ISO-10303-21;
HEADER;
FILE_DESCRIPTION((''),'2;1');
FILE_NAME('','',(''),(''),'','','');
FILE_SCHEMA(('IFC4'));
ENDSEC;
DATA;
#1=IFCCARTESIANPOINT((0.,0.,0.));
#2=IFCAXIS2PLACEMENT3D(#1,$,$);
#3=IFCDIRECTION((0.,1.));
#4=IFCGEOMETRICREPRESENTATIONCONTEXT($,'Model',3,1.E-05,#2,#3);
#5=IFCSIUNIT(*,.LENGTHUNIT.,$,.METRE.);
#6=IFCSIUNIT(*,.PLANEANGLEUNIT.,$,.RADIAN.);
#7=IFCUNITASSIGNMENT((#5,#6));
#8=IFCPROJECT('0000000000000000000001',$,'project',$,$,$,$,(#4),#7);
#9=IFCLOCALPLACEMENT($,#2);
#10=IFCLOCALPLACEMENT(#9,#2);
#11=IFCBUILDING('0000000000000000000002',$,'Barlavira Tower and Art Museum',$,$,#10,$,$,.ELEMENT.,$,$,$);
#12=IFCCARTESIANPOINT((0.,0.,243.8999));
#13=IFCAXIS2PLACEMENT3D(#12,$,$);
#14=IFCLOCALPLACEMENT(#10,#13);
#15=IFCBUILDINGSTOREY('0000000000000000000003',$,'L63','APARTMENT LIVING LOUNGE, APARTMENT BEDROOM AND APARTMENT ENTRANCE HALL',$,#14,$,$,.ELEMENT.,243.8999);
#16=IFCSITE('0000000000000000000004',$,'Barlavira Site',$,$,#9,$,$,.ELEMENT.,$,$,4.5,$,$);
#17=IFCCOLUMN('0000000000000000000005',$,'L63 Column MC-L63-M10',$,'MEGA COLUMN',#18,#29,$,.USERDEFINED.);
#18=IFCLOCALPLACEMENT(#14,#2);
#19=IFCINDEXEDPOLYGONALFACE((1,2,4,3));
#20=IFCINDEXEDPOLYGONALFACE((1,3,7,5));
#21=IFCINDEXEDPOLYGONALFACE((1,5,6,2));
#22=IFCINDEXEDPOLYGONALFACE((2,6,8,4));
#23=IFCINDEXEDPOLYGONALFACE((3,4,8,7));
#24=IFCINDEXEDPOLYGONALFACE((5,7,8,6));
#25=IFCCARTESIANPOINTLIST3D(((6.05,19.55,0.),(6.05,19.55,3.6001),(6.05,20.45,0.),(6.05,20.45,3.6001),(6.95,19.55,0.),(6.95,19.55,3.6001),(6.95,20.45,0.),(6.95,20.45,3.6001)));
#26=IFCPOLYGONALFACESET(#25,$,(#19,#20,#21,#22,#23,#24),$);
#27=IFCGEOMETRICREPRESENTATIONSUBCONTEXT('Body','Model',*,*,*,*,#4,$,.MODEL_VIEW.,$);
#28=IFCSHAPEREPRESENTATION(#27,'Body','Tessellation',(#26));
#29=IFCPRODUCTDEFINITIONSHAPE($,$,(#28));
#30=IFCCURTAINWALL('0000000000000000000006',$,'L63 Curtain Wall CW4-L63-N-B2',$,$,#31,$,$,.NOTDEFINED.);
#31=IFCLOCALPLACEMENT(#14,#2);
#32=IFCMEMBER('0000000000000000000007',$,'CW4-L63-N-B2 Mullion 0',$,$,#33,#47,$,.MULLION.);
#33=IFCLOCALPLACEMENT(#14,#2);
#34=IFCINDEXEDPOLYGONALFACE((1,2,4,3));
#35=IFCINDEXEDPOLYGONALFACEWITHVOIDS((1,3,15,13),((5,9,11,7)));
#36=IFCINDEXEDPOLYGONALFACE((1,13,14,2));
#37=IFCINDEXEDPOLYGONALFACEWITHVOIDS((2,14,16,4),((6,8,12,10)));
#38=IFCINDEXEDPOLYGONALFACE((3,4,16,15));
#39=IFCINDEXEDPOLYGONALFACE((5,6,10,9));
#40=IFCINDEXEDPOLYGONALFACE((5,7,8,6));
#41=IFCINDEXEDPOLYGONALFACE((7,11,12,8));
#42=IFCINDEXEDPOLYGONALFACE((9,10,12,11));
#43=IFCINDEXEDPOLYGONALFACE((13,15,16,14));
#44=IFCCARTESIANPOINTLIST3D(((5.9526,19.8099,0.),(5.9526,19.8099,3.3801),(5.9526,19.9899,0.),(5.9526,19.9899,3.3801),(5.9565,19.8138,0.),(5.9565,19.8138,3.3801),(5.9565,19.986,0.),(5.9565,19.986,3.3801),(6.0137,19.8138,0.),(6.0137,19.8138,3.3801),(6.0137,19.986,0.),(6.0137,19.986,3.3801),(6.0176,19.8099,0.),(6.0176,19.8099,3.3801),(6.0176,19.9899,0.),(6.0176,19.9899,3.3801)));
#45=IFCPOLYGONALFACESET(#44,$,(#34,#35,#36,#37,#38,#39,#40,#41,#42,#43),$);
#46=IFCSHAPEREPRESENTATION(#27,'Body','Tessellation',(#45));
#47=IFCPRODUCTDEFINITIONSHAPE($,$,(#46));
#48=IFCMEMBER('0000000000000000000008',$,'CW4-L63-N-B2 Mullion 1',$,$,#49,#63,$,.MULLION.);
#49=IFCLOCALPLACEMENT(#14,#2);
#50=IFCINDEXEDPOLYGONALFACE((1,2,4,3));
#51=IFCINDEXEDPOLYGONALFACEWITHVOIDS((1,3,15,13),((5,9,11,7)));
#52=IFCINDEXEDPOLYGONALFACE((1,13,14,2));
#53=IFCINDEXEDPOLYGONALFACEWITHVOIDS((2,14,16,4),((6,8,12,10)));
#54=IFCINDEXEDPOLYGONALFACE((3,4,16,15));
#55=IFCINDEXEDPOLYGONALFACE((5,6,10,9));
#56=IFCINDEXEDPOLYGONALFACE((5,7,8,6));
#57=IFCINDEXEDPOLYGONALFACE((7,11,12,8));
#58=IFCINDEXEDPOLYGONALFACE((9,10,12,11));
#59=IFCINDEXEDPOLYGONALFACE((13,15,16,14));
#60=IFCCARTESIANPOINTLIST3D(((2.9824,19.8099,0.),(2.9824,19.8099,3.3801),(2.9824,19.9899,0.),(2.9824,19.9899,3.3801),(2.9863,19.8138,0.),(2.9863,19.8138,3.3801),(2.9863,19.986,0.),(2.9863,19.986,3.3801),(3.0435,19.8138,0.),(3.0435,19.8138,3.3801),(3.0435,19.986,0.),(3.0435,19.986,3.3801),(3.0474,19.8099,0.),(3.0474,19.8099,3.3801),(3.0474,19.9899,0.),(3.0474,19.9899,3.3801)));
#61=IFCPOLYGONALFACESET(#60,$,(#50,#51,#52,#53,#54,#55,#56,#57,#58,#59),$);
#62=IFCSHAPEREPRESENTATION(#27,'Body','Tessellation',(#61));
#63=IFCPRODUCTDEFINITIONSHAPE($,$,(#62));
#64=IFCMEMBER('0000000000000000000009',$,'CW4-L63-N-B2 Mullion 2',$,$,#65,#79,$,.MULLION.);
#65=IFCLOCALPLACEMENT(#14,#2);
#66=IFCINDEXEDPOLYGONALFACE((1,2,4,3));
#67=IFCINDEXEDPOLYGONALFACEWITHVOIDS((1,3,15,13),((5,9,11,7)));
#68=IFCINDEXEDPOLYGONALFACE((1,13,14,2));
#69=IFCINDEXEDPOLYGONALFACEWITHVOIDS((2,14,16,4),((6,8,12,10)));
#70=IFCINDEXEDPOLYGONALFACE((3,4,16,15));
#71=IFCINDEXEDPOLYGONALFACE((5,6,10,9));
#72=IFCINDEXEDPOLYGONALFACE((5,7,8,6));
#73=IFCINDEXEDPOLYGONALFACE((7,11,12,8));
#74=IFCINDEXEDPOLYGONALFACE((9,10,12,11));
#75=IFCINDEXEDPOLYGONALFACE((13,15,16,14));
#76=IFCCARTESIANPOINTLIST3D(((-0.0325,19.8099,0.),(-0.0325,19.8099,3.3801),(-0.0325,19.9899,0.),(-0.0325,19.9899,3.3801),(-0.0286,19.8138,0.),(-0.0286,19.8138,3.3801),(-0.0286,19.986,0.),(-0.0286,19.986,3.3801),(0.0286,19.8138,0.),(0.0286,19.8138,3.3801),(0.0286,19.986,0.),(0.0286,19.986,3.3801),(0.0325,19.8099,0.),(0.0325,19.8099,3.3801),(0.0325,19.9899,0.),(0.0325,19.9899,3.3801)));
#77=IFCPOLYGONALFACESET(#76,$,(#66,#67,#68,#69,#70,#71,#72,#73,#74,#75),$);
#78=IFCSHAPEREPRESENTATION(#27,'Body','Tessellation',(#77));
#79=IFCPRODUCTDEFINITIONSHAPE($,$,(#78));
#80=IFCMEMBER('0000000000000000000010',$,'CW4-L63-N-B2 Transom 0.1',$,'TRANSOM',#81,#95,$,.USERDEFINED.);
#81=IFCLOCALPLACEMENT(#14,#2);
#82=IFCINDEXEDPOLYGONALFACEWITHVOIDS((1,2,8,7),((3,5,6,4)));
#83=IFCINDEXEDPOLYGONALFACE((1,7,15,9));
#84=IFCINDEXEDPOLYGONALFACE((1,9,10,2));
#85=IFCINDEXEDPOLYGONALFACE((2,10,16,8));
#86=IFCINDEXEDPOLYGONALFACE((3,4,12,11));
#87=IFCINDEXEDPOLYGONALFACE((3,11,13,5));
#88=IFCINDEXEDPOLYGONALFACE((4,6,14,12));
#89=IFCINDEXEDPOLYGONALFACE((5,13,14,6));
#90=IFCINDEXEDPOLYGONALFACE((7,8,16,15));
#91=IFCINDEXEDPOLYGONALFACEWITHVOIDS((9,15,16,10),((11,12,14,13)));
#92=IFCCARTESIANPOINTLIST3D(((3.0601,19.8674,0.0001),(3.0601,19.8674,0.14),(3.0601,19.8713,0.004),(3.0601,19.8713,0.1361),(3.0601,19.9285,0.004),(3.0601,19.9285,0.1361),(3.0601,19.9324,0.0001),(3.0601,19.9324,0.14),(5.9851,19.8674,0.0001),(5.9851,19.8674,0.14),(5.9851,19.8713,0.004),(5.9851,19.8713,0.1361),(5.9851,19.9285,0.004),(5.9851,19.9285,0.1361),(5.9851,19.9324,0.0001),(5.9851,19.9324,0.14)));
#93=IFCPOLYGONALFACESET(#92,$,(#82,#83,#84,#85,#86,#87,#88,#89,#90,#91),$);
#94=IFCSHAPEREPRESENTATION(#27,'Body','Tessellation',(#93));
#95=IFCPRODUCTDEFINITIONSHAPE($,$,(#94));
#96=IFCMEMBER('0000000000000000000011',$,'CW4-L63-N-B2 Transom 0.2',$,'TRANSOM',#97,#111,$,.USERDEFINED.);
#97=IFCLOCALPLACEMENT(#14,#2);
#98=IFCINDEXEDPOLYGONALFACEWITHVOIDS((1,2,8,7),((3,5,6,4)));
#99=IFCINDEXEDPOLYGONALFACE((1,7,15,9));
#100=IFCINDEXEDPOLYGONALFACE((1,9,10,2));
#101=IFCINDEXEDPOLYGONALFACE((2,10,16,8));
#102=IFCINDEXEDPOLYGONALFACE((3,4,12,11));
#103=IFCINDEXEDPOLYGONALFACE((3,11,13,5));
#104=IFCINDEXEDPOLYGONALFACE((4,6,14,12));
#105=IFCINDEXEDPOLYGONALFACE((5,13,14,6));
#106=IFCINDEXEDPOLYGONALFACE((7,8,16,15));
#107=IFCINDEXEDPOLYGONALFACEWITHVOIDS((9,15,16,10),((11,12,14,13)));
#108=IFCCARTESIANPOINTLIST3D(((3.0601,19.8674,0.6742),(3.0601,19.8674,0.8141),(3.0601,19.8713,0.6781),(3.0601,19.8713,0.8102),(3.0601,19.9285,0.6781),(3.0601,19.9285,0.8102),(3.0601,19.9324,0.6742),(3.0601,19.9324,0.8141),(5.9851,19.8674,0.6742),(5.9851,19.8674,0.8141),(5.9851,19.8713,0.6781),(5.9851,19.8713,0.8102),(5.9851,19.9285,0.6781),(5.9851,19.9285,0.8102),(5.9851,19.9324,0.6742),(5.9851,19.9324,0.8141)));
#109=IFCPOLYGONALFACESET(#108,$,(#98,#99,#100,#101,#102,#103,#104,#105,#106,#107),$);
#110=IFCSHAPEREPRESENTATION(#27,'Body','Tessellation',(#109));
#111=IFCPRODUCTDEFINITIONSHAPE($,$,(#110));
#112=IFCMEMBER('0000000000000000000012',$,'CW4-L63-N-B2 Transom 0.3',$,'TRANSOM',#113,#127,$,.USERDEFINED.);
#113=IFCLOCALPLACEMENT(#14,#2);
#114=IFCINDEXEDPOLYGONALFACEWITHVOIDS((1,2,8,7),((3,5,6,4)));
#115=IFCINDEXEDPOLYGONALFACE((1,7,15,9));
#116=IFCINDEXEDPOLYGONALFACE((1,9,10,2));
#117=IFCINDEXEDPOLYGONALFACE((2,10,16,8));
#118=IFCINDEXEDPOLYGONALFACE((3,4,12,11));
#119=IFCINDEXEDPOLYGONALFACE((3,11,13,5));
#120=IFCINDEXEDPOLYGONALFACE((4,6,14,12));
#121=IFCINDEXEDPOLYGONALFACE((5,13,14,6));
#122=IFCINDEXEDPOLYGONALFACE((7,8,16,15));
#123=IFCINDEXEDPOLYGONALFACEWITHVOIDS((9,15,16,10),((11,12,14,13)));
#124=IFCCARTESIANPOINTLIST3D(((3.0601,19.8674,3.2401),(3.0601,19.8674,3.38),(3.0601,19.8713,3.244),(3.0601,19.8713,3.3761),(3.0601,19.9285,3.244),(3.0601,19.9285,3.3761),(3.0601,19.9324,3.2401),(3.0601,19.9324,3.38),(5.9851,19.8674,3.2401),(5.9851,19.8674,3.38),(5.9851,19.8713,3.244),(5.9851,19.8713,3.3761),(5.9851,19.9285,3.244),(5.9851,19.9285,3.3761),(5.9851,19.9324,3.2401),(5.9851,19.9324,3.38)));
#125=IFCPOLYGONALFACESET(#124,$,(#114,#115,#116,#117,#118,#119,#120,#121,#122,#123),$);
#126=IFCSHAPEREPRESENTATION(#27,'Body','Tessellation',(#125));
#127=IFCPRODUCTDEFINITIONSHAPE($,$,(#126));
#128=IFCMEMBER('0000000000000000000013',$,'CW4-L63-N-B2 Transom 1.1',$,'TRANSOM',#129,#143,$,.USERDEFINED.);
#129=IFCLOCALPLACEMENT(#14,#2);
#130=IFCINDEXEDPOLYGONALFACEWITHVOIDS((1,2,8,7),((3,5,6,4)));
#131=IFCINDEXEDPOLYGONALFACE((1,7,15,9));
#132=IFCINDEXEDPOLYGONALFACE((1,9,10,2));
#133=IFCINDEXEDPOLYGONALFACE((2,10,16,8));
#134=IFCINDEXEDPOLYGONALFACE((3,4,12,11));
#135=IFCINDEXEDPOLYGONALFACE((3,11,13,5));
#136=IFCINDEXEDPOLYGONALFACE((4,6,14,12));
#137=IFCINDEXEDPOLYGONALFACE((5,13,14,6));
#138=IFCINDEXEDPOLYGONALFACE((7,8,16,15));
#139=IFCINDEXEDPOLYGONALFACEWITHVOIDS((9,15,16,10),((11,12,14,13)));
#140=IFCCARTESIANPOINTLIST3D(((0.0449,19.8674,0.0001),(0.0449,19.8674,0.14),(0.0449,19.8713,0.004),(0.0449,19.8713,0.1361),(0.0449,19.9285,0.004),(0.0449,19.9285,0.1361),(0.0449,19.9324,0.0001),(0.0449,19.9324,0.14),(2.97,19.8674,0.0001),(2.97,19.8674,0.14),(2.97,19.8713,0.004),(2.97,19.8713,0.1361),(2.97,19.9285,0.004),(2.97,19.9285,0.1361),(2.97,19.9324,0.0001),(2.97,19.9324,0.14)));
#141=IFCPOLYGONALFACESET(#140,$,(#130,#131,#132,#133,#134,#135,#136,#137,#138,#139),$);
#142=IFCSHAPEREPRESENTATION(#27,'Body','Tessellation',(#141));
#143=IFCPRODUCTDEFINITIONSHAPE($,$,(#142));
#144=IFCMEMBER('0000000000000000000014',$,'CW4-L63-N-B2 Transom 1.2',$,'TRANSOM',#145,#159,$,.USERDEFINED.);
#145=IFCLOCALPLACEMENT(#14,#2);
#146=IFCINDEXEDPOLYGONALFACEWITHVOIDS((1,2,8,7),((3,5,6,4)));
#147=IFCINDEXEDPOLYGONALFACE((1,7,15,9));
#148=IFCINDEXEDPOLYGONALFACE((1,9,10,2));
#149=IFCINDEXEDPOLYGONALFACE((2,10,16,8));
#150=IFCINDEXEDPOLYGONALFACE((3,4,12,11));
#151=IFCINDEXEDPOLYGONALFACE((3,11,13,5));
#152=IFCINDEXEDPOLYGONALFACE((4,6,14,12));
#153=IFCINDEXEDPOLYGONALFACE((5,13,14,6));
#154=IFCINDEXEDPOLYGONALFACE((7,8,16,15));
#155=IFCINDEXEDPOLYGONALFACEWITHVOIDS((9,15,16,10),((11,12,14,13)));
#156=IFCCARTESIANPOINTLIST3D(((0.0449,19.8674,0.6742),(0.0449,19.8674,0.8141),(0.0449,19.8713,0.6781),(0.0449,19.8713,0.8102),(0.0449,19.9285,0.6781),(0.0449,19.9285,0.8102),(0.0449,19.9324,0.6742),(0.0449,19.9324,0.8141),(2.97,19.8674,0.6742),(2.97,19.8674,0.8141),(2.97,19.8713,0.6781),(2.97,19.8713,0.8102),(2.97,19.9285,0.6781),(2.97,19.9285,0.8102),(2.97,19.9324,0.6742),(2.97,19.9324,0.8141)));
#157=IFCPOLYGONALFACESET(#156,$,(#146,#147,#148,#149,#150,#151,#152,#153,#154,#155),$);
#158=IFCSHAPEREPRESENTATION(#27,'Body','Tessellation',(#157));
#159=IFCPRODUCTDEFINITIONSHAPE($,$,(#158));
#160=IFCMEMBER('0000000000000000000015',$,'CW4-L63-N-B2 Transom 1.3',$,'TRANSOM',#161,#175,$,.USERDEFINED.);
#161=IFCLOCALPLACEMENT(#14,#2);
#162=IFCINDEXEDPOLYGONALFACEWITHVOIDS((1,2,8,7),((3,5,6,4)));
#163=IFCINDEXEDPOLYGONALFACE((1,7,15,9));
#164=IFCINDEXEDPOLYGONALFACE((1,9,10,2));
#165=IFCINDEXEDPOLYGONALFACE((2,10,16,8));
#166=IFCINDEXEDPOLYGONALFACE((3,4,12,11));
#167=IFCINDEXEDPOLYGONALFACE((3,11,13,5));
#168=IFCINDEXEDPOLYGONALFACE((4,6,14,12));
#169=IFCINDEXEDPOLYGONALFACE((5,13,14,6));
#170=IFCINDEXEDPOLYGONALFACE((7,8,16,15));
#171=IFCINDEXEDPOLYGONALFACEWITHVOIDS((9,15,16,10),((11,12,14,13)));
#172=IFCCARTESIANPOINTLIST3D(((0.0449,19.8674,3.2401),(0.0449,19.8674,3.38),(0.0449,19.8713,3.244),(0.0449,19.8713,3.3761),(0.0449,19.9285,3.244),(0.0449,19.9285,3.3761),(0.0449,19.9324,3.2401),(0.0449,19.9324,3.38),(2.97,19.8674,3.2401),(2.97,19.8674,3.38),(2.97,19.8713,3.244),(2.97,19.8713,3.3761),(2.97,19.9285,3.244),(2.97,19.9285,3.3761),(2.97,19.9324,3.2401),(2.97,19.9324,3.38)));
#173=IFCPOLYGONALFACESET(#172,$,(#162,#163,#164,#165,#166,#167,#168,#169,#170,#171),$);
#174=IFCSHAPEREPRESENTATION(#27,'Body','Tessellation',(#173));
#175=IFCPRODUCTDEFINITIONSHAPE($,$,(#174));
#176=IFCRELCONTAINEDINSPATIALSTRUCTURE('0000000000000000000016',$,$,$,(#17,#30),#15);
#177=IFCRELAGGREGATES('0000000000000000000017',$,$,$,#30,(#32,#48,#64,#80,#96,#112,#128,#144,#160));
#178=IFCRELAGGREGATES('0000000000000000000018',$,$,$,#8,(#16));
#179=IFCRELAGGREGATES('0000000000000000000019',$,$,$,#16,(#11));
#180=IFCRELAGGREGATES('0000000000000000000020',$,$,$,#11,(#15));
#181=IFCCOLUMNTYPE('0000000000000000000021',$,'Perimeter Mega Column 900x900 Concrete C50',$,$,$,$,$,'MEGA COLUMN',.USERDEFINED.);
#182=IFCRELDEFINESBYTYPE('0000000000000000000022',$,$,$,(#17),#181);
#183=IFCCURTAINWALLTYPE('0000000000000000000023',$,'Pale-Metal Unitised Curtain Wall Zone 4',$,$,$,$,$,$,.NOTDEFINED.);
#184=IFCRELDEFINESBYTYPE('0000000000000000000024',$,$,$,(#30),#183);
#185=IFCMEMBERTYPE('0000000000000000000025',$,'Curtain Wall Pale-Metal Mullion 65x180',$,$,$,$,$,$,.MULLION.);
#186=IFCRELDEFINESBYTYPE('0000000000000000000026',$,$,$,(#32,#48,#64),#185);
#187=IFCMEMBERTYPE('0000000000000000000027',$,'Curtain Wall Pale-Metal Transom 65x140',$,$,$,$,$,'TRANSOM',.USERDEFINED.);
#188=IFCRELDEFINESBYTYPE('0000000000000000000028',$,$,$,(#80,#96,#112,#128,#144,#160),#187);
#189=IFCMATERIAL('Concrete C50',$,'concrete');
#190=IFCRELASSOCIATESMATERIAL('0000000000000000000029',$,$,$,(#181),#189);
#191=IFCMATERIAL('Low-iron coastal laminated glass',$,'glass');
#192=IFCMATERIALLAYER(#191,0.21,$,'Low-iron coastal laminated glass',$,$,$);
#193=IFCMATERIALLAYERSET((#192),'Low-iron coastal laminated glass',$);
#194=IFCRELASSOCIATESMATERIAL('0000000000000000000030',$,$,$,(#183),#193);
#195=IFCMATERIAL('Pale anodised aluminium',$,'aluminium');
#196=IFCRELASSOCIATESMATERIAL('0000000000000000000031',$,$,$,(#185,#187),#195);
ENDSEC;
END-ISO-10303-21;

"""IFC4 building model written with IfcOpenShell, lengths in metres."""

from ifc_helpers import new_model, si_unit, direction, frame, origin, origin_2d, place, context, subcontext, project, spatial, rectangle, hollow_rectangle, extrude, material, layer, layer_set, material_profile, profile_set, type_object, element, aggregate, save


model = new_model("IFC4")

# Units and contexts
model_context = context("Model", 3, precision=1e-05, world=origin(), true_north=direction((0.0, 1.0)))
body_context = subcontext(model_context, "Body", "Model", "MODEL_VIEW")
ifc_project = project(units=[si_unit("LENGTHUNIT", "METRE"), si_unit("PLANEANGLEUNIT", "RADIAN")], contexts=[model_context])

# Site, building, storey
site_placement = place(None, origin())
site = spatial("IfcSite", under=ifc_project, at=site_placement, Name="Barlavira Site", CompositionType="ELEMENT", RefElevation=4.5)
building_placement = place(site_placement, origin())
building = spatial("IfcBuilding", under=site, at=building_placement, Name="Barlavira Tower and Art Museum", CompositionType="ELEMENT")
storey_placement = place(building_placement, frame((0.0, 0.0, 243.8999)))
storey = spatial("IfcBuildingStorey", under=building, at=storey_placement, Name="L63", Description="APARTMENT LIVING LOUNGE, APARTMENT BEDROOM AND APARTMENT ENTRANCE HALL", CompositionType="ELEMENT", Elevation=243.8999)

# Column
ifc_material_1 = material(Name="Concrete C50", Category="concrete")
ifc_material_profile_1 = material_profile(ifc_material_1, rectangle(XDim=0.8999, YDim=0.8999, at=origin_2d()), Name="RC-COL 900x900")
ifc_profile_set_1 = profile_set([ifc_material_profile_1], Name="Concrete C50")
column_type = type_object("IfcColumnType", Name="Perimeter Mega Column 900x900 Concrete C50", ElementType="MEGA COLUMN", PredefinedType="USERDEFINED", material=ifc_profile_set_1)
column_placement = place(storey_placement, frame((6.5, 20.0, 0.0), z_axis=(0.0, 0.0, 1.0), x_axis=(1.0, 0.0, 0.0)))
element("IfcColumn", 1, at=column_placement, inside=storey, type_object=column_type, Name="L63 Column MC-L63-M10", ObjectType="MEGA COLUMN", PredefinedType="USERDEFINED", context=body_context, shape_type="SweptSolid", body=[
    extrude(rectangle(XDim=0.8999, YDim=0.8999, at=origin_2d()), origin(), (0.0, 0.0, 1.0), 3.6001),
])

# Curtain wall, members
ifc_material_2 = material(Name="Low-iron coastal laminated glass", Category="glass")
ifc_layer_1 = layer(ifc_material_2, 0.21, Name="Low-iron coastal laminated glass")
ifc_layer_set_1 = layer_set([ifc_layer_1], Name="Low-iron coastal laminated glass")
curtain_wall_type = type_object("IfcCurtainWallType", Name="Pale-Metal Unitised Curtain Wall Zone 4", PredefinedType="NOTDEFINED", material=ifc_layer_set_1)
curtain_wall_placement = place(storey_placement, origin())
curtain_wall = element("IfcCurtainWall", 2, at=curtain_wall_placement, inside=storey, type_object=curtain_wall_type, Name="L63 Curtain Wall CW4-L63-N-B2", PredefinedType="NOTDEFINED")
ifc_material_3 = material(Name="Pale anodised aluminium", Category="aluminium")
ifc_material_profile_2 = material_profile(ifc_material_3, hollow_rectangle(XDim=0.0649, YDim=0.1799, WallThickness=0.0039, at=origin_2d()), Name="ALU-MULL 65x180x4")
ifc_profile_set_2 = profile_set([ifc_material_profile_2], Name="Pale anodised aluminium")
member_type_1 = type_object("IfcMemberType", Name="Curtain Wall Pale-Metal Mullion 65x180", PredefinedType="MULLION", material=ifc_profile_set_2)
member_1_placement = place(storey_placement, frame((5.9851, 19.8999, 0.0), z_axis=(0.0, 0.0, 1.0), x_axis=(-1.0, 0.0, 0.0)))
member_1 = element("IfcMember", 3, at=member_1_placement, type_object=member_type_1, Name="CW4-L63-N-B2 Mullion 0", PredefinedType="MULLION", context=body_context, shape_type="SweptSolid", body=[
    extrude(hollow_rectangle(XDim=0.0649, YDim=0.1799, WallThickness=0.0039, at=origin_2d()), origin(), (0.0, 0.0, 1.0), 3.3801),
])
member_2_placement = place(storey_placement, frame((3.0149, 19.8999, 0.0), z_axis=(0.0, 0.0, 1.0), x_axis=(-1.0, 0.0, 0.0)))
member_2 = element("IfcMember", 4, at=member_2_placement, type_object=member_type_1, Name="CW4-L63-N-B2 Mullion 1", PredefinedType="MULLION", context=body_context, shape_type="SweptSolid", body=[
    extrude(hollow_rectangle(XDim=0.0649, YDim=0.1799, WallThickness=0.0039, at=origin_2d()), origin(), (0.0, 0.0, 1.0), 3.3801),
])
member_3_placement = place(storey_placement, frame((0.0, 19.8999, 0.0), z_axis=(0.0, 0.0, 1.0), x_axis=(-1.0, 0.0, 0.0)))
member_3 = element("IfcMember", 5, at=member_3_placement, type_object=member_type_1, Name="CW4-L63-N-B2 Mullion 2", PredefinedType="MULLION", context=body_context, shape_type="SweptSolid", body=[
    extrude(hollow_rectangle(XDim=0.0649, YDim=0.1799, WallThickness=0.0039, at=origin_2d()), origin(), (0.0, 0.0, 1.0), 3.3801),
])
ifc_material_profile_3 = material_profile(ifc_material_3, hollow_rectangle(XDim=0.0649, YDim=0.1399, WallThickness=0.0039, at=origin_2d()), Name="ALU-TRAN 65x140x4")
ifc_profile_set_3 = profile_set([ifc_material_profile_3], Name="Pale anodised aluminium")
member_type_2 = type_object("IfcMemberType", Name="Curtain Wall Pale-Metal Transom 65x140", ElementType="TRANSOM", PredefinedType="USERDEFINED", material=ifc_profile_set_3)
member_4_placement = place(storey_placement, frame((5.9851, 19.8999, 0.0701), z_axis=(-1.0, 0.0, 0.0), x_axis=(0.0, -1.0, 0.0)))
member_4 = element("IfcMember", 6, at=member_4_placement, type_object=member_type_2, Name="CW4-L63-N-B2 Transom 0.1", ObjectType="TRANSOM", PredefinedType="USERDEFINED", context=body_context, shape_type="SweptSolid", body=[
    extrude(hollow_rectangle(XDim=0.0649, YDim=0.1399, WallThickness=0.0039, at=origin_2d()), origin(), (0.0, 0.0, 1.0), 2.925),
])
member_5_placement = place(storey_placement, frame((5.9851, 19.8999, 0.7441), z_axis=(-1.0, 0.0, 0.0), x_axis=(0.0, -1.0, 0.0)))
member_5 = element("IfcMember", 7, at=member_5_placement, type_object=member_type_2, Name="CW4-L63-N-B2 Transom 0.2", ObjectType="TRANSOM", PredefinedType="USERDEFINED", context=body_context, shape_type="SweptSolid", body=[
    extrude(hollow_rectangle(XDim=0.0649, YDim=0.1399, WallThickness=0.0039, at=origin_2d()), origin(), (0.0, 0.0, 1.0), 2.925),
])
member_6_placement = place(storey_placement, frame((5.9851, 19.8999, 3.3101), z_axis=(-1.0, 0.0, 0.0), x_axis=(0.0, -1.0, 0.0)))
member_6 = element("IfcMember", 8, at=member_6_placement, type_object=member_type_2, Name="CW4-L63-N-B2 Transom 0.3", ObjectType="TRANSOM", PredefinedType="USERDEFINED", context=body_context, shape_type="SweptSolid", body=[
    extrude(hollow_rectangle(XDim=0.0649, YDim=0.1399, WallThickness=0.0039, at=origin_2d()), origin(), (0.0, 0.0, 1.0), 2.925),
])
member_7_placement = place(storey_placement, frame((2.97, 19.8999, 0.0701), z_axis=(-1.0, 0.0, 0.0), x_axis=(0.0, -1.0, 0.0)))
member_7 = element("IfcMember", 9, at=member_7_placement, type_object=member_type_2, Name="CW4-L63-N-B2 Transom 1.1", ObjectType="TRANSOM", PredefinedType="USERDEFINED", context=body_context, shape_type="SweptSolid", body=[
    extrude(hollow_rectangle(XDim=0.0649, YDim=0.1399, WallThickness=0.0039, at=origin_2d()), origin(), (0.0, 0.0, 1.0), 2.925),
])
member_8_placement = place(storey_placement, frame((2.97, 19.8999, 0.7441), z_axis=(-1.0, 0.0, 0.0), x_axis=(0.0, -1.0, 0.0)))
member_8 = element("IfcMember", 10, at=member_8_placement, type_object=member_type_2, Name="CW4-L63-N-B2 Transom 1.2", ObjectType="TRANSOM", PredefinedType="USERDEFINED", context=body_context, shape_type="SweptSolid", body=[
    extrude(hollow_rectangle(XDim=0.0649, YDim=0.1399, WallThickness=0.0039, at=origin_2d()), origin(), (0.0, 0.0, 1.0), 2.925),
])
member_9_placement = place(storey_placement, frame((2.97, 19.8999, 3.3101), z_axis=(-1.0, 0.0, 0.0), x_axis=(0.0, -1.0, 0.0)))
member_9 = element("IfcMember", 11, at=member_9_placement, type_object=member_type_2, Name="CW4-L63-N-B2 Transom 1.3", ObjectType="TRANSOM", PredefinedType="USERDEFINED", context=body_context, shape_type="SweptSolid", body=[
    extrude(hollow_rectangle(XDim=0.0649, YDim=0.1399, WallThickness=0.0039, at=origin_2d()), origin(), (0.0, 0.0, 1.0), 2.925),
])

aggregate(curtain_wall, [member_1, member_2, member_3, member_4, member_5, member_6, member_7, member_8, member_9])

save(model, "model.ifc")
